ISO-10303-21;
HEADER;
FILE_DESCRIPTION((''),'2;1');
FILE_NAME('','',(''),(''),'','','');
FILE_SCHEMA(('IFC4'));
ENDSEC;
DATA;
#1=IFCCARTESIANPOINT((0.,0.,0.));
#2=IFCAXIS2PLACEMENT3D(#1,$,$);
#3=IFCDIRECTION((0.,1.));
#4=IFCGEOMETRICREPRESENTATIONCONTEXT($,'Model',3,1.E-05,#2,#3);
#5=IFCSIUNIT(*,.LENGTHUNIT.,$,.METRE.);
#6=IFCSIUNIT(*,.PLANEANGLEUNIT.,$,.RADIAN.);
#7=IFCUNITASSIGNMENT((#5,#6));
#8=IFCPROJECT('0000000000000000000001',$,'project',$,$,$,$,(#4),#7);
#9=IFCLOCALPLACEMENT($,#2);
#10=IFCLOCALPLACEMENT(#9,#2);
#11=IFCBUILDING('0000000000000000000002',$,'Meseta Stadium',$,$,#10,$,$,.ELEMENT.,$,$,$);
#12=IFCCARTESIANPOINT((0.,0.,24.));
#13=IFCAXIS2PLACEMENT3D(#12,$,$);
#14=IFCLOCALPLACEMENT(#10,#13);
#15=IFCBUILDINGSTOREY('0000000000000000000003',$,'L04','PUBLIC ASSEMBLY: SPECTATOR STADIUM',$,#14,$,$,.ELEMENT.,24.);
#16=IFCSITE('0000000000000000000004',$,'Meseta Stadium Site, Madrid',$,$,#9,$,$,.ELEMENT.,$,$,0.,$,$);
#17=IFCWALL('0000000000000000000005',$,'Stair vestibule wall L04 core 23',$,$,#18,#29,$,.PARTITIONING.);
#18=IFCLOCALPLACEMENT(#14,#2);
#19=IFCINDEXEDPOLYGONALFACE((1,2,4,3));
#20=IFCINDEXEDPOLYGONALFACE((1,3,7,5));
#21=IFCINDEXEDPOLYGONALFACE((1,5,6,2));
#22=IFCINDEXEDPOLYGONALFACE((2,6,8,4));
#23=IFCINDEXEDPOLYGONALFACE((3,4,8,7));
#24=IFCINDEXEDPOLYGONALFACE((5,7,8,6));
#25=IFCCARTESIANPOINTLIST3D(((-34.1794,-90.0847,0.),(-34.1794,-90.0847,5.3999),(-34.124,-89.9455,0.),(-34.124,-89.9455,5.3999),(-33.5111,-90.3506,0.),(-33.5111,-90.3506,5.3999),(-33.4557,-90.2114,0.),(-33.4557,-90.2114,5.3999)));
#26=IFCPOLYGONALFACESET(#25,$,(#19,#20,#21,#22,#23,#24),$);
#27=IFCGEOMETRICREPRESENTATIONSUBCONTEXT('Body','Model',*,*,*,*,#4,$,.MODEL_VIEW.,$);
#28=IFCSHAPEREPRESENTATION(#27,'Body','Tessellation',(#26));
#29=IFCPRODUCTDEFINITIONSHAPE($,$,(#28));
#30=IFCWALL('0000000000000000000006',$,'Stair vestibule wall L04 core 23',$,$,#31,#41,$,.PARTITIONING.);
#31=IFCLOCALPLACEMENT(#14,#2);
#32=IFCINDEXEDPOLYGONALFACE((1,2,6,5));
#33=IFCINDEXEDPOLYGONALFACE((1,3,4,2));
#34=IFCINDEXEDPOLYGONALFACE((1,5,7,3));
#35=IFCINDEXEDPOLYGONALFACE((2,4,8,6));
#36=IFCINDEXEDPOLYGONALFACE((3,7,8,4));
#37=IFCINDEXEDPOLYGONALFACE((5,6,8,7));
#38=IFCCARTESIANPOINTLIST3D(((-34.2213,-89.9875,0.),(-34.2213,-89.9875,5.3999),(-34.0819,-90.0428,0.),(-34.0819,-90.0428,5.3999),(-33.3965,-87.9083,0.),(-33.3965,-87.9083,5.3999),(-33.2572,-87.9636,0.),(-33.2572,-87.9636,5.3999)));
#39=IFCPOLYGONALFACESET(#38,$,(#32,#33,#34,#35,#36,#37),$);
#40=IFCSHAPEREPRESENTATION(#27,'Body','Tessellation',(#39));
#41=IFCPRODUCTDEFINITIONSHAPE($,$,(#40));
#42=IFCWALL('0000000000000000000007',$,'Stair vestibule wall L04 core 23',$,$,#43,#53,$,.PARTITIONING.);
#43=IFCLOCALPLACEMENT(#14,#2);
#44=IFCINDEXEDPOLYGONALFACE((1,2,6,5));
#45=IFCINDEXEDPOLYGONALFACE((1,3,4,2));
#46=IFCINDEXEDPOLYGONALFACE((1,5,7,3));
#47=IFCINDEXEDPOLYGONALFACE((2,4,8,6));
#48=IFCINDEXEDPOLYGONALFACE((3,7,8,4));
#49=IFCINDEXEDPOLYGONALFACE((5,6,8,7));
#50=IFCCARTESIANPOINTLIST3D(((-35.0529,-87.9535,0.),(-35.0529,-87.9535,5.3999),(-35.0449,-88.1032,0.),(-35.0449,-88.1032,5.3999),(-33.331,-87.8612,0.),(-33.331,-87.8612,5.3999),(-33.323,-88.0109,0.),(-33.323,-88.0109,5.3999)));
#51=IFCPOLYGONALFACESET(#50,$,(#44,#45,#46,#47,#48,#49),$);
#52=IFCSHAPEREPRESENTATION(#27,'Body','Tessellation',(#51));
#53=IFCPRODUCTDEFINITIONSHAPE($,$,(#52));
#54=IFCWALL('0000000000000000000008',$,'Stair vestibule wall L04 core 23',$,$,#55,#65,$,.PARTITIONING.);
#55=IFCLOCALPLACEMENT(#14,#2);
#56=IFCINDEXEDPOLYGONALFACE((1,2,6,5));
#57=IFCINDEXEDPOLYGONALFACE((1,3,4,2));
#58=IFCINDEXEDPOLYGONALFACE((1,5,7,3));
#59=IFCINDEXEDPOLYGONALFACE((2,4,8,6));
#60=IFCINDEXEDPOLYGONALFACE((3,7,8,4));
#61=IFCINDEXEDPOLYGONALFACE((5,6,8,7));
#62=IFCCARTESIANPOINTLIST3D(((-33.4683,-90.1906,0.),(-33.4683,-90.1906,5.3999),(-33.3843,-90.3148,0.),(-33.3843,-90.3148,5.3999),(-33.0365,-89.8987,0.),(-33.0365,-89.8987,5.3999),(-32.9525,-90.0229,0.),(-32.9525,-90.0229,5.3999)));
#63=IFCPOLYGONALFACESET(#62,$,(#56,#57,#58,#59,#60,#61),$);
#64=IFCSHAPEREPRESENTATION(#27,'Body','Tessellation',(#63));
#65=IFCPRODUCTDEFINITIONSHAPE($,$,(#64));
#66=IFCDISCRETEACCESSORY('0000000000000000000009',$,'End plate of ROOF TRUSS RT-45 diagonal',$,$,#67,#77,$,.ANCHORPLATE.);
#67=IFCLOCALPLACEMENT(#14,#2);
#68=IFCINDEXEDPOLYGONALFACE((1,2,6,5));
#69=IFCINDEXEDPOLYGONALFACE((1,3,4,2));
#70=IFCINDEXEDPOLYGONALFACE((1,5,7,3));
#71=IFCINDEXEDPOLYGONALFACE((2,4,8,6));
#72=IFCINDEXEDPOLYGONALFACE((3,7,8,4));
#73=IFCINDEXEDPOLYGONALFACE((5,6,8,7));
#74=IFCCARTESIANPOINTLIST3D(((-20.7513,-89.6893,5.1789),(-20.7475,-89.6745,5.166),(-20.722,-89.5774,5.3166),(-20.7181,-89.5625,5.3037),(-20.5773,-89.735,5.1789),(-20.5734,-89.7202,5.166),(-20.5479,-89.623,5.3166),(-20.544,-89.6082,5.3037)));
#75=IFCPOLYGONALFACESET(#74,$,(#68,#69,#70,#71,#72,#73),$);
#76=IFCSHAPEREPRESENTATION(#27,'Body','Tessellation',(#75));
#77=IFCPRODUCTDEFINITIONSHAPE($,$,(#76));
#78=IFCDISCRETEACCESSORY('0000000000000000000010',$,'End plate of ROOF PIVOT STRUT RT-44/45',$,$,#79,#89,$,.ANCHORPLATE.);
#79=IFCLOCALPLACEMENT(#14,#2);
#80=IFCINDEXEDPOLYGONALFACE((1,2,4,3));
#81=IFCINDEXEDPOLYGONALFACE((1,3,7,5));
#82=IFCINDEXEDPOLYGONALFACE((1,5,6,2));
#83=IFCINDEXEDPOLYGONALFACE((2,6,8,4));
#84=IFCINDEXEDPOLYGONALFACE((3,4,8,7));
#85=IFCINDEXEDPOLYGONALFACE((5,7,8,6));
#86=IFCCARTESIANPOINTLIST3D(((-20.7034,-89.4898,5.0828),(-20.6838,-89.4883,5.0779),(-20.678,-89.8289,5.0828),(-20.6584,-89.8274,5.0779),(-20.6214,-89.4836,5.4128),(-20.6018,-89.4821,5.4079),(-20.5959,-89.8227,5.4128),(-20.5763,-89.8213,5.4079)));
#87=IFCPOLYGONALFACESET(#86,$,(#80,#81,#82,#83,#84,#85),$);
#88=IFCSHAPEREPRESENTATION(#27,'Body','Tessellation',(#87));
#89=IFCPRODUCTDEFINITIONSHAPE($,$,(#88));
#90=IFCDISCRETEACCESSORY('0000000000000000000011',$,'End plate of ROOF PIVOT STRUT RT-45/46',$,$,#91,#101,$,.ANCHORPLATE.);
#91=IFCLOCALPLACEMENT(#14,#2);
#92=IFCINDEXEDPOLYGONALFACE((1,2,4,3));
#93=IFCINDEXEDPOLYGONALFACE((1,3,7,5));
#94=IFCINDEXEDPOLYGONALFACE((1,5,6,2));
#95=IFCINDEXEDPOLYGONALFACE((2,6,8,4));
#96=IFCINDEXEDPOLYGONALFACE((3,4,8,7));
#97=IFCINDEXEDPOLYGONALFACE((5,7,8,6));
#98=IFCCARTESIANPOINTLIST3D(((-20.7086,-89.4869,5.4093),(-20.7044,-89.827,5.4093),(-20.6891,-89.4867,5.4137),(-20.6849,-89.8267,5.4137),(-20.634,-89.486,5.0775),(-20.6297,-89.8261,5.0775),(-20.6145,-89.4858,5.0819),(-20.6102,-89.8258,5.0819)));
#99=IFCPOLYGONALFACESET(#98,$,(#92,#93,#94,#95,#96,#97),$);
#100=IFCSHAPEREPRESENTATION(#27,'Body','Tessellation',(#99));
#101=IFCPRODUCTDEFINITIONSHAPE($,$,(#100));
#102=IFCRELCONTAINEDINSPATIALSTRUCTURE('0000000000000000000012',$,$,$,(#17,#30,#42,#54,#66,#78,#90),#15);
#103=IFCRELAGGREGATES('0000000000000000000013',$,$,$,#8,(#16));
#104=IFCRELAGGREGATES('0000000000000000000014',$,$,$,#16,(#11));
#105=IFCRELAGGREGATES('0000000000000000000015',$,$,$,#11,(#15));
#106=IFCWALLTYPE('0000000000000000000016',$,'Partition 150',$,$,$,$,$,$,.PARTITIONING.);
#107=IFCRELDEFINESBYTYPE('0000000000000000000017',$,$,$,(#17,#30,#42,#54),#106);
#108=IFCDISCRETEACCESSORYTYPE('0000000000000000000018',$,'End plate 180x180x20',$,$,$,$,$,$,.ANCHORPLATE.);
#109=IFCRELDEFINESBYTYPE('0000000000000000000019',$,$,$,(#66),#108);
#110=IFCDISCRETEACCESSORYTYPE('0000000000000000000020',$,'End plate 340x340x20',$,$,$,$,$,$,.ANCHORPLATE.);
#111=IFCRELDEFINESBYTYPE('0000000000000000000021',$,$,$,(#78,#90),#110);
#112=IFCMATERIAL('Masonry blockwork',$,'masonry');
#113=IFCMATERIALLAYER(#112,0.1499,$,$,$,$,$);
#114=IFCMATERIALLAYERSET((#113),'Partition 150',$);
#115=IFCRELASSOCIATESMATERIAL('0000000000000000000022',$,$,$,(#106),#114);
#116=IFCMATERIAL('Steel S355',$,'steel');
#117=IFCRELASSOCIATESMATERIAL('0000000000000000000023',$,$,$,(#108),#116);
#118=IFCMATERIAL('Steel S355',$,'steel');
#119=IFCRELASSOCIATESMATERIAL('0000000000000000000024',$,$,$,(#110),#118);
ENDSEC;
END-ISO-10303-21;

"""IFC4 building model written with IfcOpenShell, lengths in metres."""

from ifc_helpers import new_model, si_unit, direction, frame, frame_2d, origin, origin_2d, place, context, subcontext, project, spatial, rectangle, extrude, material, layer, layer_set, material_profile, profile_set, type_object, element, save


model = new_model("IFC4")

# Units and contexts
model_context = context("Model", 3, precision=1e-05, world=origin(), true_north=direction((0.0, 1.0)))
body_context = subcontext(model_context, "Body", "Model", "MODEL_VIEW")
ifc_project = project(units=[si_unit("LENGTHUNIT", "METRE"), si_unit("PLANEANGLEUNIT", "RADIAN")], contexts=[model_context])

# Site, building, storey
site_placement = place(None, origin())
site = spatial("IfcSite", under=ifc_project, at=site_placement, Name="Meseta Stadium Site, Madrid", CompositionType="ELEMENT", RefElevation=0.0)
building_placement = place(site_placement, origin())
building = spatial("IfcBuilding", under=site, at=building_placement, Name="Meseta Stadium", CompositionType="ELEMENT")
storey_placement = place(building_placement, frame((0.0, 0.0, 24.0)))
storey = spatial("IfcBuildingStorey", under=building, at=storey_placement, Name="L04", Description="PUBLIC ASSEMBLY: SPECTATOR STADIUM", CompositionType="ELEMENT", Elevation=24.0)

# Walls
ifc_material_1 = material(Name="Masonry blockwork", Category="masonry")
ifc_layer = layer(ifc_material_1, 0.1499)
ifc_layer_set = layer_set([ifc_layer], Name="Partition 150")
wall_type = type_object("IfcWallType", Name="Partition 150", PredefinedType="PARTITIONING", material=ifc_layer_set)
wall_1_placement = place(storey_placement, frame((-33.4834, -90.281, 0.0), z_axis=(0.0, 0.0, 1.0), x_axis=(-0.929154, 0.369693, 0.0)))
element("IfcWall", 1, at=wall_1_placement, inside=storey, type_object=wall_type, Name="Stair vestibule wall L04 core 23", PredefinedType="PARTITIONING", context=body_context, shape_type="SweptSolid", body=[
    extrude(rectangle(XDim=0.7192, YDim=0.1499, at=frame_2d((0.3596, 0.0))), origin(), (0.0, 0.0, 1.0), 5.3999),
])
wall_2_placement = place(storey_placement, frame((-34.1516, -90.0151, 0.0), z_axis=(0.0, 0.0, 1.0), x_axis=(0.368717, 0.929542, 0.0)))
element("IfcWall", 2, at=wall_2_placement, inside=storey, type_object=wall_type, Name="Stair vestibule wall L04 core 23", PredefinedType="PARTITIONING", context=body_context, shape_type="SweptSolid", body=[
    extrude(rectangle(XDim=2.2368, YDim=0.1499, at=frame_2d((1.1184, 0.0))), origin(), (0.0, 0.0, 1.0), 5.3999),
])
wall_3_placement = place(storey_placement, frame((-33.3269, -87.936, 0.0), z_axis=(0.0, 0.0, 1.0), x_axis=(-0.998567, -0.053517, 0.0)))
element("IfcWall", 3, at=wall_3_placement, inside=storey, type_object=wall_type, Name="Stair vestibule wall L04 core 23", PredefinedType="PARTITIONING", context=body_context, shape_type="SweptSolid", body=[
    extrude(rectangle(XDim=1.7244, YDim=0.1499, at=frame_2d((0.8623, 0.0))), origin(), (0.0, 0.0, 1.0), 5.3999),
])
wall_4_placement = place(storey_placement, frame((-32.9944, -89.9607, 0.0), z_axis=(0.0, 0.0, 1.0), x_axis=(-0.82843, -0.560092, 0.0)))
element("IfcWall", 4, at=wall_4_placement, inside=storey, type_object=wall_type, Name="Stair vestibule wall L04 core 23", PredefinedType="PARTITIONING", context=body_context, shape_type="SweptSolid", body=[
    extrude(rectangle(XDim=0.5212, YDim=0.1499, at=frame_2d((0.2607, 0.0))), origin(), (0.0, 0.0, 1.0), 5.3999),
])

# Discrete accessories
ifc_material_2 = material(Name="Steel S355", Category="steel")
ifc_material_profile_1 = material_profile(ifc_material_2, rectangle(XDim=0.1799, YDim=0.1799, at=origin_2d()), Name="PL 180x180")
ifc_profile_set_1 = profile_set([ifc_material_profile_1], Name="Steel S355")
discrete_accessory_type_1 = type_object("IfcDiscreteAccessoryType", Name="End plate 180x180x20", PredefinedType="ANCHORPLATE", material=ifc_profile_set_1)
discrete_accessory_1_placement = place(storey_placement, frame((-20.6458, -89.6414, 5.2349), z_axis=(-0.194229, -0.740496, 0.643382), x_axis=(0.96728, -0.253713, 0.0)))
element("IfcDiscreteAccessory", 5, at=discrete_accessory_1_placement, inside=storey, type_object=discrete_accessory_type_1, Name="End plate of ROOF TRUSS RT-45 diagonal", PredefinedType="ANCHORPLATE", context=body_context, shape_type="SweptSolid", body=[
    extrude(rectangle(XDim=0.1799, YDim=0.1799, at=origin_2d()), origin(), (0.0, 0.0, 1.0), 0.02),
])
ifc_material_3 = material(Name="Steel S355", Category="steel")
ifc_material_profile_2 = material_profile(ifc_material_3, rectangle(XDim=0.3401, YDim=0.3401, at=origin_2d()), Name="PL 340x340")
ifc_profile_set_2 = profile_set([ifc_material_profile_2], Name="Steel S355")
discrete_accessory_type_2 = type_object("IfcDiscreteAccessoryType", Name="End plate 340x340x20", PredefinedType="ANCHORPLATE", material=ifc_profile_set_2)
discrete_accessory_2_placement = place(storey_placement, frame((-20.6497, -89.6562, 5.2478), z_axis=(0.967585, 0.072569, -0.241896), x_axis=(-0.07479, 0.997199, 0.0)))
element("IfcDiscreteAccessory", 6, at=discrete_accessory_2_placement, inside=storey, type_object=discrete_accessory_type_2, Name="End plate of ROOF PIVOT STRUT RT-44/45", PredefinedType="ANCHORPLATE", context=body_context, shape_type="SweptSolid", body=[
    extrude(rectangle(XDim=0.3401, YDim=0.3401, at=origin_2d()), origin(), (0.0, 0.0, 1.0), 0.0203),
])
discrete_accessory_3_placement = place(storey_placement, frame((-20.6692, -89.6565, 5.2434), z_axis=(0.975537, 0.012194, 0.219496), x_axis=(-0.012499, 0.999922, 0.0)))
element("IfcDiscreteAccessory", 7, at=discrete_accessory_3_placement, inside=storey, type_object=discrete_accessory_type_2, Name="End plate of ROOF PIVOT STRUT RT-45/46", PredefinedType="ANCHORPLATE", context=body_context, shape_type="SweptSolid", body=[
    extrude(rectangle(XDim=0.3401, YDim=0.3401, at=origin_2d()), origin(), (0.0, 0.0, 1.0), 0.02),
])

save(model, "model.ifc")
